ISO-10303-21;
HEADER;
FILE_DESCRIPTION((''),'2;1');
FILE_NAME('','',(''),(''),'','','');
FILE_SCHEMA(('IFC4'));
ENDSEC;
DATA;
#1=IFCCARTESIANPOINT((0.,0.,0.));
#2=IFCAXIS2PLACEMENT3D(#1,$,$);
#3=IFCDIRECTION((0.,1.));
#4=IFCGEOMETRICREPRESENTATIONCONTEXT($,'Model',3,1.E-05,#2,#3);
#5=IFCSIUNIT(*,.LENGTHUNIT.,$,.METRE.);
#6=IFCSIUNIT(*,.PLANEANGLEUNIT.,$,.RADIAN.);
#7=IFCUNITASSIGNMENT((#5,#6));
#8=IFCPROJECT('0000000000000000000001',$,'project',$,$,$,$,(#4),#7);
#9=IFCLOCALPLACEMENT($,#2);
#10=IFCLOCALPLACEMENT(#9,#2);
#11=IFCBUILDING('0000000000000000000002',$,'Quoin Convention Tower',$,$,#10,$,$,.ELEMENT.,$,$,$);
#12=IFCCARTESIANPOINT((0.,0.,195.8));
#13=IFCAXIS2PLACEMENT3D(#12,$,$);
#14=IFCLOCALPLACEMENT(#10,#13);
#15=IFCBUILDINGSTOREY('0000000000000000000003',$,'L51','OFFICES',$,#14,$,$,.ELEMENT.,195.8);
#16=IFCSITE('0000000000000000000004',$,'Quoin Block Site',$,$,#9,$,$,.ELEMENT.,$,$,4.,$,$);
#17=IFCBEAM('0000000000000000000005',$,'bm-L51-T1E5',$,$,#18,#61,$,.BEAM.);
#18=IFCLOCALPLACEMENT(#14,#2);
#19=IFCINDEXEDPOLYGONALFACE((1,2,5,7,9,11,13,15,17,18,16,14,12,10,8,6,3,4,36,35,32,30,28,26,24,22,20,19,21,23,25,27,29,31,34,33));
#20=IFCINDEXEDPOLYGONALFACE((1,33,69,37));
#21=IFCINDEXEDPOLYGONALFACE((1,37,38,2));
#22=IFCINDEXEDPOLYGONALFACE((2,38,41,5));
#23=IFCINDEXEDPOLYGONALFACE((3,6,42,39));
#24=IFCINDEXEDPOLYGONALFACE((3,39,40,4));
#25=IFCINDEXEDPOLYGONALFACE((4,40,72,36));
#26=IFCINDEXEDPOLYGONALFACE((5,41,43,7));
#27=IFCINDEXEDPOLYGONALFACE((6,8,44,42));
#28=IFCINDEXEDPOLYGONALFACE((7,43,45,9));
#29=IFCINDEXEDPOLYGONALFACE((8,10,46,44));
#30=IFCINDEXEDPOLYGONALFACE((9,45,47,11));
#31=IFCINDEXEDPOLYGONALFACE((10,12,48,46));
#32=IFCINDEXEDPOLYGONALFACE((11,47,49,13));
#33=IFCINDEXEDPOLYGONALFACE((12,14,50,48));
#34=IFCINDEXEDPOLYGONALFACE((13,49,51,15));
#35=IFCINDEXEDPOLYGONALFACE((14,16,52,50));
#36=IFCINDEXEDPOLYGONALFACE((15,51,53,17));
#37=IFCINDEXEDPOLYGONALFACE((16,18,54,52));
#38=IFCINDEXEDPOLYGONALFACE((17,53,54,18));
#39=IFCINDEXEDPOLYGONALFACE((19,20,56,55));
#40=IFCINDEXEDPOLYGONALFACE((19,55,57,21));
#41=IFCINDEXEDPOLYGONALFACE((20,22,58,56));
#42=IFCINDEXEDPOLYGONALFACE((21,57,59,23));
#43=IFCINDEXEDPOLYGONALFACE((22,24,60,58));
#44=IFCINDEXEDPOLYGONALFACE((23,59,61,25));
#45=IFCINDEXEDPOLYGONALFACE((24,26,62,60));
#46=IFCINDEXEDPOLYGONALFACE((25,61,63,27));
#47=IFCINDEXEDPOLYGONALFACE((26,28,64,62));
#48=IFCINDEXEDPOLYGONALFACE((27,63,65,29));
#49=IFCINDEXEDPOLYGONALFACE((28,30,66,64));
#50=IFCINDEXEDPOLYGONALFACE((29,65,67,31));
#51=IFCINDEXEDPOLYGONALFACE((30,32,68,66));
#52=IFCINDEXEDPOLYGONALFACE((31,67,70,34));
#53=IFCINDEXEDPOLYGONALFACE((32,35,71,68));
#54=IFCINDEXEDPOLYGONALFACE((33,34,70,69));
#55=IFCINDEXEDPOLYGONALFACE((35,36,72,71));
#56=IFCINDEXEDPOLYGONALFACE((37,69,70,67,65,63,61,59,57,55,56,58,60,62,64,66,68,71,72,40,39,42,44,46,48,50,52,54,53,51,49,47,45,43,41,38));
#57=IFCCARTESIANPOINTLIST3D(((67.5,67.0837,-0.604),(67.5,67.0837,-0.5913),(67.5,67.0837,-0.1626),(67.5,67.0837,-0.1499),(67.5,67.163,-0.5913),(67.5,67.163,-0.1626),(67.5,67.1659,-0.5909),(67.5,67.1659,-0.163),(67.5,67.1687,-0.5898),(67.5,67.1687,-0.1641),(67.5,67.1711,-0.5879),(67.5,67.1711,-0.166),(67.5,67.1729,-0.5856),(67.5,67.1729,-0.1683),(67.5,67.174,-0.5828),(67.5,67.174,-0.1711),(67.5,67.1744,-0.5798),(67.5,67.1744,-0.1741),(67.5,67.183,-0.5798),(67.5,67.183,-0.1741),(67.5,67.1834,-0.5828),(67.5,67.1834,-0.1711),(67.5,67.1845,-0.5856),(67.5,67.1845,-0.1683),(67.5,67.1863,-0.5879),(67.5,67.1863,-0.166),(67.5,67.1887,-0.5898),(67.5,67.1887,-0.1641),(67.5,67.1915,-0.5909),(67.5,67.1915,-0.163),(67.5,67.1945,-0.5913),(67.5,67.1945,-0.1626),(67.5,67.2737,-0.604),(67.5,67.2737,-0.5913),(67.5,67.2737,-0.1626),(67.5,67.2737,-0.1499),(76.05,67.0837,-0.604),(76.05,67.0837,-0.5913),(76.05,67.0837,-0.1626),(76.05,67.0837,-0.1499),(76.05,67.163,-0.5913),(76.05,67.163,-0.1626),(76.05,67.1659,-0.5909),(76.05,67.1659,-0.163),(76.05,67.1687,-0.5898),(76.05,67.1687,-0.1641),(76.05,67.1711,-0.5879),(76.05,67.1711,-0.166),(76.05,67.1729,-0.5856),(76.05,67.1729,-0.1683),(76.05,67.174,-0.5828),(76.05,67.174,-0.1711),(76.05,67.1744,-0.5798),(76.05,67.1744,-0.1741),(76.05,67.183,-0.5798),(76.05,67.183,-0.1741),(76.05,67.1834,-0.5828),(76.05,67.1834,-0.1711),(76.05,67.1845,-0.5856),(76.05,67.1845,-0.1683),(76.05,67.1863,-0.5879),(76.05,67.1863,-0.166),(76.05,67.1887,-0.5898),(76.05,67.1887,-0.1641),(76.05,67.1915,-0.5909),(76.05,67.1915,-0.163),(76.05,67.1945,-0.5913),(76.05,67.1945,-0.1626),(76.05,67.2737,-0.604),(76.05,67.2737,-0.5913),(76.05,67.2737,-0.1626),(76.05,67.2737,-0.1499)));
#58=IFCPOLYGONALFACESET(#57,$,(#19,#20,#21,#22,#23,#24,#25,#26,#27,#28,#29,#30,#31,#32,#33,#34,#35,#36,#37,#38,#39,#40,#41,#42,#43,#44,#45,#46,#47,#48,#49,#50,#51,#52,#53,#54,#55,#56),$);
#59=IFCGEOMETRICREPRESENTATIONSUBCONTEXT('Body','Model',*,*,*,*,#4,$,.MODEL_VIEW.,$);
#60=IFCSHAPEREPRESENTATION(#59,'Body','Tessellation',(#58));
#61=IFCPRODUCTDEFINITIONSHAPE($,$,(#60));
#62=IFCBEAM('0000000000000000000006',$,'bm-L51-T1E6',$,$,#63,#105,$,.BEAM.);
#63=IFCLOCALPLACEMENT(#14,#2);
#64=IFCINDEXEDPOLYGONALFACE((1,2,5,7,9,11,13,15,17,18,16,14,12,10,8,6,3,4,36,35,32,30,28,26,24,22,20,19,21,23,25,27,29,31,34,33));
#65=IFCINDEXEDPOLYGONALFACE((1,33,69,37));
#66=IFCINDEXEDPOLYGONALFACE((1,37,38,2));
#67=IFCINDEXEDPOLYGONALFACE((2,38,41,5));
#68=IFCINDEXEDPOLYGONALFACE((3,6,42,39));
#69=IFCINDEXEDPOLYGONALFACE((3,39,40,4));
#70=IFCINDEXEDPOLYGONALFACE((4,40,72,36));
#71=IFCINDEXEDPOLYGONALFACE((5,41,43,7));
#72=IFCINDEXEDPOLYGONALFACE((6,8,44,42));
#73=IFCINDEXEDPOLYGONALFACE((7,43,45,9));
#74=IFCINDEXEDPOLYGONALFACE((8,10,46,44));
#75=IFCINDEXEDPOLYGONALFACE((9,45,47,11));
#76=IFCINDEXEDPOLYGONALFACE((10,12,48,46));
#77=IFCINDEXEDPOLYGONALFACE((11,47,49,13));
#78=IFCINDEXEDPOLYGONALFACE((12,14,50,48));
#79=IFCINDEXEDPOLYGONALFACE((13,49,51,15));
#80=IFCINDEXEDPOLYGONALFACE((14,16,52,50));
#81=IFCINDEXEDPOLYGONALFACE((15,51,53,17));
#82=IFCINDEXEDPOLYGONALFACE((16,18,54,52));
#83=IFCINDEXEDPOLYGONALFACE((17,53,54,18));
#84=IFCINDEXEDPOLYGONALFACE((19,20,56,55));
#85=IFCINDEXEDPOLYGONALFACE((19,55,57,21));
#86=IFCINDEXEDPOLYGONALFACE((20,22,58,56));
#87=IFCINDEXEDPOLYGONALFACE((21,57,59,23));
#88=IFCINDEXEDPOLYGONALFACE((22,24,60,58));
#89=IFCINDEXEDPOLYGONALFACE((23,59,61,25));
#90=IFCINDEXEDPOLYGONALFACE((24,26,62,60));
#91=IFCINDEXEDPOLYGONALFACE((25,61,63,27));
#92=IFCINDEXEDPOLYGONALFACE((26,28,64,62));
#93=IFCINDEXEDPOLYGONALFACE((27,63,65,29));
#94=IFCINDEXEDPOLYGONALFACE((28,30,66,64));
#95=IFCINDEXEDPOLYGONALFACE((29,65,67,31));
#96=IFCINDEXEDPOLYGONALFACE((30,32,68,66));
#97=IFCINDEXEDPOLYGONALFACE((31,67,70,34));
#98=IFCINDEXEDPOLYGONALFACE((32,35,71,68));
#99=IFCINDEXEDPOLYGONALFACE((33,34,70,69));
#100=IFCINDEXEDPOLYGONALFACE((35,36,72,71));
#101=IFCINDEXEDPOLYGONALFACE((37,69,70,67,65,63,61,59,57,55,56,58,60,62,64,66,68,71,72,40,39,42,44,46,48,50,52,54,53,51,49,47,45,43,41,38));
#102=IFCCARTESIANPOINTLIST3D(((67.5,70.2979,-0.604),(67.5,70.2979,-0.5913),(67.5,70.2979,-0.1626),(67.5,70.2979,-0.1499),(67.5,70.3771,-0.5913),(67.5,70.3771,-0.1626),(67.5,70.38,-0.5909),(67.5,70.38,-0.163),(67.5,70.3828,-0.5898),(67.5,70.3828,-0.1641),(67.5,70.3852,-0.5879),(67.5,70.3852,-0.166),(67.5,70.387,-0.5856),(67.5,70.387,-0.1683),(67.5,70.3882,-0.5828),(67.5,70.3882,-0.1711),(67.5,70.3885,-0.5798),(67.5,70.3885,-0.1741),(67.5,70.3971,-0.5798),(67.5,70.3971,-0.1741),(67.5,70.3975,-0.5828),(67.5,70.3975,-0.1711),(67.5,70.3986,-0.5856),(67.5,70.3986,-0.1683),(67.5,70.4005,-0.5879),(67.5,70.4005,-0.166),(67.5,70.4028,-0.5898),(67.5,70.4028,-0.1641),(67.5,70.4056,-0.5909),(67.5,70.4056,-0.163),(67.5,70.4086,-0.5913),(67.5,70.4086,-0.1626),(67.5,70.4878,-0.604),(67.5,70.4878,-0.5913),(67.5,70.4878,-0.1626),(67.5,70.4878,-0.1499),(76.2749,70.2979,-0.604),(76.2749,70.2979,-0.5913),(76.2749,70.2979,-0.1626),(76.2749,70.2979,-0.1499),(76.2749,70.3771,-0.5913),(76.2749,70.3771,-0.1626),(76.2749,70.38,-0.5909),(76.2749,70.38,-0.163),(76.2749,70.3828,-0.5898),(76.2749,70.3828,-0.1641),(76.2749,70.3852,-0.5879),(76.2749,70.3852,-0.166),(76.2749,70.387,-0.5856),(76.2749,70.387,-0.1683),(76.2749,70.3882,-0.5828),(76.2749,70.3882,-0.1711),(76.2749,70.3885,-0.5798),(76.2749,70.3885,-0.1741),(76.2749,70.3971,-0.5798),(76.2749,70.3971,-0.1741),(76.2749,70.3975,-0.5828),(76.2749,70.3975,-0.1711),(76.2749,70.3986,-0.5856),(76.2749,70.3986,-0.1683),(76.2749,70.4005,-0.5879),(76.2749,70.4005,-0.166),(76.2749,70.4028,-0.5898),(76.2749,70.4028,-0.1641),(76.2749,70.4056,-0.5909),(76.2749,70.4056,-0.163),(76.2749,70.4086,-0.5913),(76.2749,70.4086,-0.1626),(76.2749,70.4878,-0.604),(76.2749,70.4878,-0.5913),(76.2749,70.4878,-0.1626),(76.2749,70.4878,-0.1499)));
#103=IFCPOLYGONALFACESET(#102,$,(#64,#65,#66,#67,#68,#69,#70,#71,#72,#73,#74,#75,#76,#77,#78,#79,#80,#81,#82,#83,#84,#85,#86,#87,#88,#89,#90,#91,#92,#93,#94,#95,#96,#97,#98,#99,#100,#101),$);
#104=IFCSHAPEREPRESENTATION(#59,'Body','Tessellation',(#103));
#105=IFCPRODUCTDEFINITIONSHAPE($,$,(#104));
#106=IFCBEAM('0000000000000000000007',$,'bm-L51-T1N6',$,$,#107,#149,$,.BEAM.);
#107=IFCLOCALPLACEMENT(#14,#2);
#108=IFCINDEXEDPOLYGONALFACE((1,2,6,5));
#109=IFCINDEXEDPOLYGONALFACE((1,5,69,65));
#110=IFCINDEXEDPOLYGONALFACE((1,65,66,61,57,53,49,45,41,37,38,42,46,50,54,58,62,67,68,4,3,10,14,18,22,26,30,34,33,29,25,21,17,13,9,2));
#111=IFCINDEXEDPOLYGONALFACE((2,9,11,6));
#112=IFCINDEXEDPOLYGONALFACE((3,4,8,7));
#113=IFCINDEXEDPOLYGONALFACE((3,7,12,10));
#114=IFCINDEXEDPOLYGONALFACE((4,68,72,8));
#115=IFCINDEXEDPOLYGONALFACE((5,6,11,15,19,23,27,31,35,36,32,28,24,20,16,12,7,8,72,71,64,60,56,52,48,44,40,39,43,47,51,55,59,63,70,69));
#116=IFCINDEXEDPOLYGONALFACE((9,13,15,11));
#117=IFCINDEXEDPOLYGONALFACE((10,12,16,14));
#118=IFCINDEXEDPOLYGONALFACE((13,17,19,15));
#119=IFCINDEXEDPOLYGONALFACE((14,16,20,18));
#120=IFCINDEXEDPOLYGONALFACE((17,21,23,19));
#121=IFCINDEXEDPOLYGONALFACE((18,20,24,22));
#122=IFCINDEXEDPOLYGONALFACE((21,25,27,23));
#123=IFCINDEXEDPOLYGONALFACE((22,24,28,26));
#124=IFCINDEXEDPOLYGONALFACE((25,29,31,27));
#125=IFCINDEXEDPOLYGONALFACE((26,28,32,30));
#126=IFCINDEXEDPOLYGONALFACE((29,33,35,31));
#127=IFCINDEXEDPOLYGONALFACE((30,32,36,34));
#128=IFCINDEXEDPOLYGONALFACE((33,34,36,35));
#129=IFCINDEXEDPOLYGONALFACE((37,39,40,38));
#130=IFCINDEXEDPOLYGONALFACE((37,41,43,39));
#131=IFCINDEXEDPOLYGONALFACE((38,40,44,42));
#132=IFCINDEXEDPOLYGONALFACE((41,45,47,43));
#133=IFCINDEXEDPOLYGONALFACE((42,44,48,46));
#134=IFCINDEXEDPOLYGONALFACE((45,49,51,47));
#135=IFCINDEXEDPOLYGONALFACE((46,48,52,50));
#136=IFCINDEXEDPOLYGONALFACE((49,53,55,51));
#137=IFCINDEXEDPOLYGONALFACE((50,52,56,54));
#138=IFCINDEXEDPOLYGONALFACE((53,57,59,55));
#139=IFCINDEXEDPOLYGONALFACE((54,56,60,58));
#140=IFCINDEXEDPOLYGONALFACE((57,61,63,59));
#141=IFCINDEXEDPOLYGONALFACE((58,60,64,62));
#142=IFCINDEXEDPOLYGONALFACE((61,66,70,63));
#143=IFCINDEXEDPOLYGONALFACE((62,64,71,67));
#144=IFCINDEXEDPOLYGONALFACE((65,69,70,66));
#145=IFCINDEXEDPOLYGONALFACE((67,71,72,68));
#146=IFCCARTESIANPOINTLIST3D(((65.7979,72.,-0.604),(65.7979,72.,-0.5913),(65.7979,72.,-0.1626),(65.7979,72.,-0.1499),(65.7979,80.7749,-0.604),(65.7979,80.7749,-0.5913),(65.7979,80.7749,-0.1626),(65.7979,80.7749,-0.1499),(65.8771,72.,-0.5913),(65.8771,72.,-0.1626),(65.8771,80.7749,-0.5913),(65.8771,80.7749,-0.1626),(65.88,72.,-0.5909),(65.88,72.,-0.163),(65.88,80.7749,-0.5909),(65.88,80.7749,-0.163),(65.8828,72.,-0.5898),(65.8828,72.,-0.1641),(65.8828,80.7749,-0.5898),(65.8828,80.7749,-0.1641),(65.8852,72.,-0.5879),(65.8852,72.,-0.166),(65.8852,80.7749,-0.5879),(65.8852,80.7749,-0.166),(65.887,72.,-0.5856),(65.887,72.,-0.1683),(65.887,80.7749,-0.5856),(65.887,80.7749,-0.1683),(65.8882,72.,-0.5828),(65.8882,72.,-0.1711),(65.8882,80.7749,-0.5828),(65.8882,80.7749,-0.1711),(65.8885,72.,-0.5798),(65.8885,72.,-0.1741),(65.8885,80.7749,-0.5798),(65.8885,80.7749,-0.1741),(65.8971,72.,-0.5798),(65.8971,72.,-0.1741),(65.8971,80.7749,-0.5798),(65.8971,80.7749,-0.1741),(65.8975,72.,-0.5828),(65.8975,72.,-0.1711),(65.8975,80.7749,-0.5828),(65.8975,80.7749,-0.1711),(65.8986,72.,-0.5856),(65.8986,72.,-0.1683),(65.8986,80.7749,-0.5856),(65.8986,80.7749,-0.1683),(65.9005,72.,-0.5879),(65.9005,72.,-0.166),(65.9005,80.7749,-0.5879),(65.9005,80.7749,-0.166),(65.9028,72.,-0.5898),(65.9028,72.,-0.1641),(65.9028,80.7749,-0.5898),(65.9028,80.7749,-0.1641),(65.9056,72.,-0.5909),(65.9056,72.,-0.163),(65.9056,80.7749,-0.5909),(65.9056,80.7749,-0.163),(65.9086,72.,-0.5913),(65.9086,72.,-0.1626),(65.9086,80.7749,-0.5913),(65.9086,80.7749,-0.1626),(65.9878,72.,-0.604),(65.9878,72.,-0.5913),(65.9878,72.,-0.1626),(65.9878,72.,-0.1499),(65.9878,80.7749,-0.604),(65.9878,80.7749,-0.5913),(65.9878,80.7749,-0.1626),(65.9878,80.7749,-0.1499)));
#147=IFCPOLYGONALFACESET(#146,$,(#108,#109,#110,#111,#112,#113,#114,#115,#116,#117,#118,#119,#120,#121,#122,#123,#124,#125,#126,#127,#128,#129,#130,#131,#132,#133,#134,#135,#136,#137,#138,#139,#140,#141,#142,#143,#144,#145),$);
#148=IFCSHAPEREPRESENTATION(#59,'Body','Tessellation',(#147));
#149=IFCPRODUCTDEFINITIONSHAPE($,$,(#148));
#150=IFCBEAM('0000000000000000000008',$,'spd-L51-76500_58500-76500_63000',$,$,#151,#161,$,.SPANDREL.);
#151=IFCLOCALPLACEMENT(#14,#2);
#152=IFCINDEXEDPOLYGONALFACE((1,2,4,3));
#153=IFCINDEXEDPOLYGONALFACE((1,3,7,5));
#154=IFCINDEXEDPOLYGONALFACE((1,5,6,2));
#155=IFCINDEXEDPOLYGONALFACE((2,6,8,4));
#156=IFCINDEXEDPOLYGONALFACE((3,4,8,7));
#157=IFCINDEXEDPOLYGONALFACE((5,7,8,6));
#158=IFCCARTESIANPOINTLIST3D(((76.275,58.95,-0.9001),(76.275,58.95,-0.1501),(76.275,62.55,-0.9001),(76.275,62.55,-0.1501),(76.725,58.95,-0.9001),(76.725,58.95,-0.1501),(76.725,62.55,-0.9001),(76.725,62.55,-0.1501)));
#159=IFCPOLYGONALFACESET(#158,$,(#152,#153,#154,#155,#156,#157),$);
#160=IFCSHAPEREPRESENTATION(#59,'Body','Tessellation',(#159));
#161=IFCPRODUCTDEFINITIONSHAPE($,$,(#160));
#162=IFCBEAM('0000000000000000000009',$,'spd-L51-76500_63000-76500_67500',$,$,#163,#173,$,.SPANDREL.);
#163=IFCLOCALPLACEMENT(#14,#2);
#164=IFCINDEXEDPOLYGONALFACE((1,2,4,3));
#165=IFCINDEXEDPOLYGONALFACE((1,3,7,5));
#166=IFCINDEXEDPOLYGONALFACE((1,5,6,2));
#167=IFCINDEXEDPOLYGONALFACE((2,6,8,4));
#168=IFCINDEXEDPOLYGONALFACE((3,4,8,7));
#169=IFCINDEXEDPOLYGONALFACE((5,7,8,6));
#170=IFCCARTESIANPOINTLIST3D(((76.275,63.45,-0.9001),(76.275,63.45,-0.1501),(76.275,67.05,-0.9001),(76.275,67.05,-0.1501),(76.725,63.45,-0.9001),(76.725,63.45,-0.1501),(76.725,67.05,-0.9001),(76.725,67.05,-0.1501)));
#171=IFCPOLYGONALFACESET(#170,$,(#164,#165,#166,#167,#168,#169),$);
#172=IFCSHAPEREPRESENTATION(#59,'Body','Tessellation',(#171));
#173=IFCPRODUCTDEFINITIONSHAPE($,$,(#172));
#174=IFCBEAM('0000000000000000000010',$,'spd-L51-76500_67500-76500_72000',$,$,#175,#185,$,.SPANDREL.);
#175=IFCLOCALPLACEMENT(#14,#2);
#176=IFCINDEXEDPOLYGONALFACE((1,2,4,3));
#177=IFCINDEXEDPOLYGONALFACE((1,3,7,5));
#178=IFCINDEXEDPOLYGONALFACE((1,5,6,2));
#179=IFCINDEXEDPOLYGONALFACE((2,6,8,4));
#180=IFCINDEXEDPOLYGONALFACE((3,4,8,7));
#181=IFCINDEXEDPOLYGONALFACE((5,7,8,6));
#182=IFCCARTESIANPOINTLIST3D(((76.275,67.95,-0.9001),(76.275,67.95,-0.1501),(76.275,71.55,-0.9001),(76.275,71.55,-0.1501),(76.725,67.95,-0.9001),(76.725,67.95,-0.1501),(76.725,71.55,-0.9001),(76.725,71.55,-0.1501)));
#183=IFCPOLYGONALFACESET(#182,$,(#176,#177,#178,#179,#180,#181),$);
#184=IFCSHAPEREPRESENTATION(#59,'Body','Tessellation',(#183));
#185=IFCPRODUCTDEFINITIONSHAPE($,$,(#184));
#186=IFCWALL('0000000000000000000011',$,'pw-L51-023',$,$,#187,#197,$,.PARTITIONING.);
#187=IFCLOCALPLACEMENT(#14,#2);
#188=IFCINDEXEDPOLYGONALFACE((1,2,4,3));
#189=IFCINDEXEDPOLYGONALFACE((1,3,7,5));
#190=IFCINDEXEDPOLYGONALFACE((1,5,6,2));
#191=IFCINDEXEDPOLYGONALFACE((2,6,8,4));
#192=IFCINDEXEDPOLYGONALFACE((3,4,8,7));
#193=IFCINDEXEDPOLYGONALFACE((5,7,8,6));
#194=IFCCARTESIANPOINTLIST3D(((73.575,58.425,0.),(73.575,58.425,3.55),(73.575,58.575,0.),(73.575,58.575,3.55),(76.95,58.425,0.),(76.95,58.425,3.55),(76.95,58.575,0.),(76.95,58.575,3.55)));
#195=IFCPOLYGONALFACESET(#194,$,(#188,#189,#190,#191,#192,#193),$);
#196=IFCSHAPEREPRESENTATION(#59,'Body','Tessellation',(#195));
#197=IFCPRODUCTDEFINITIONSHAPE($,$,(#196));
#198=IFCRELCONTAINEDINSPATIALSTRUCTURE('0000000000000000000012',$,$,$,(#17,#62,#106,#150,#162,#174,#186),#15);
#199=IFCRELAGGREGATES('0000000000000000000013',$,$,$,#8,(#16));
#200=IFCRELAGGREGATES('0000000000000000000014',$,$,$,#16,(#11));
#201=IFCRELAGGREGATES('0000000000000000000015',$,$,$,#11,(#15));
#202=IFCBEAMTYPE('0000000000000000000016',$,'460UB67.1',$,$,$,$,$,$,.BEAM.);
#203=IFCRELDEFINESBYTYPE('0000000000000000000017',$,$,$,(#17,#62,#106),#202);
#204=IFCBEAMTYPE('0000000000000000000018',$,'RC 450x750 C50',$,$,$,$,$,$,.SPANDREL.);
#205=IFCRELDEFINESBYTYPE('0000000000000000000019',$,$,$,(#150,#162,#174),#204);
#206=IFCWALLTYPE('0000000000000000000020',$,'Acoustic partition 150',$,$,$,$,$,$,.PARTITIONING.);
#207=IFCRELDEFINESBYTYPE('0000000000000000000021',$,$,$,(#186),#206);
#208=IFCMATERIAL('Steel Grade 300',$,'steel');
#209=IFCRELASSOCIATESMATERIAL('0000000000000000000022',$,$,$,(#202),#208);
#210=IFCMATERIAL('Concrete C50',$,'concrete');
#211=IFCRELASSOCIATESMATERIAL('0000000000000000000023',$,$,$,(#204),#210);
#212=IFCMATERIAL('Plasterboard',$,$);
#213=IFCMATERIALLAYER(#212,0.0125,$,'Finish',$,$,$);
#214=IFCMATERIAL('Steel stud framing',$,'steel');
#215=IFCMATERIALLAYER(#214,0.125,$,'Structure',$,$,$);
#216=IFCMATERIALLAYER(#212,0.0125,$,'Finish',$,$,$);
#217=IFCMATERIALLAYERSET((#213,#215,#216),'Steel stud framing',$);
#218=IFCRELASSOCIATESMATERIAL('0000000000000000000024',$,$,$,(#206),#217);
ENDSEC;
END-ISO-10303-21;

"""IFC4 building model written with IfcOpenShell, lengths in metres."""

from ifc_helpers import new_model, si_unit, direction, frame, frame_2d, origin, origin_2d, place, context, subcontext, project, spatial, rectangle, i_section, extrude, material, layer, layer_set, material_profile, profile_set, type_object, element, save


model = new_model("IFC4")

# Units and contexts
model_context = context("Model", 3, precision=1e-05, world=origin(), true_north=direction((0.0, 1.0)))
body_context = subcontext(model_context, "Body", "Model", "MODEL_VIEW")
ifc_project = project(units=[si_unit("LENGTHUNIT", "METRE"), si_unit("PLANEANGLEUNIT", "RADIAN")], contexts=[model_context])

# Site, building, storey
site_placement = place(None, origin())
site = spatial("IfcSite", under=ifc_project, at=site_placement, Name="Quoin Block Site", CompositionType="ELEMENT", RefElevation=4.0)
building_placement = place(site_placement, origin())
building = spatial("IfcBuilding", under=site, at=building_placement, Name="Quoin Convention Tower", CompositionType="ELEMENT")
storey_placement = place(building_placement, frame((0.0, 0.0, 195.8)))
storey = spatial("IfcBuildingStorey", under=building, at=storey_placement, Name="L51", Description="OFFICES", CompositionType="ELEMENT", Elevation=195.8)

# Shared definitions
ifc_material_1 = material(Name="Concrete C50", Category="concrete")

# Beams
ifc_material_2 = material(Name="Steel Grade 300", Category="steel")
ifc_material_profile_1 = material_profile(ifc_material_2, i_section(OverallWidth=0.1899, OverallDepth=0.4541, WebThickness=0.0085, FlangeThickness=0.0127, FilletRadius=0.0115, at=origin_2d()), Name="460UB67.1")
ifc_profile_set_1 = profile_set([ifc_material_profile_1], Name="Steel Grade 300")
beam_type_1 = type_object("IfcBeamType", Name="460UB67.1", PredefinedType="BEAM", material=ifc_profile_set_1)
beam_placement = place(storey_placement, frame((67.5, 67.1787, -0.377), z_axis=(1.0, 0.0, 0.0), x_axis=(0.0, 1.0, 0.0)))
element("IfcBeam", 1, at=beam_placement, inside=storey, type_object=beam_type_1, Name="bm-L51-T1E5", PredefinedType="BEAM", context=body_context, shape_type="SweptSolid", body=[
    extrude(i_section(OverallWidth=0.1899, OverallDepth=0.4541, WebThickness=0.0085, FlangeThickness=0.0127, FilletRadius=0.0115, at=origin_2d()), origin(), (0.0, 0.0, 1.0), 8.55),
])
for number, where, z_axis, x_axis, name in (
    (2, (67.5, 70.3928, -0.377), (1.0, 0.0, 0.0), (0.0, 1.0, 0.0), "bm-L51-T1E6"),
    (3, (65.8928, 72.0, -0.377), (0.0, 1.0, 0.0), (-1.0, 0.0, 0.0), "bm-L51-T1N6"),
):
    element("IfcBeam", number, at=place(storey_placement, frame(where, z_axis=z_axis, x_axis=x_axis)), inside=storey, type_object=beam_type_1, Name=name, PredefinedType="BEAM", context=body_context, shape_type="SweptSolid", body=[
        extrude(i_section(OverallWidth=0.1899, OverallDepth=0.4541, WebThickness=0.0085, FlangeThickness=0.0127, FilletRadius=0.0115, at=origin_2d()), origin(), (0.0, 0.0, 1.0), 8.7749),
    ])
ifc_material_profile_2 = material_profile(ifc_material_1, rectangle(XDim=0.45, YDim=0.75, at=origin_2d()), Name="RC 450x750")
ifc_profile_set_2 = profile_set([ifc_material_profile_2], Name="Concrete C50")
beam_type_2 = type_object("IfcBeamType", Name="RC 450x750 C50", PredefinedType="SPANDREL", material=ifc_profile_set_2)
for number, where, z_axis, x_axis, name in (
    (4, (76.5, 58.95, -0.5251), (0.0, 1.0, 0.0), (-1.0, 0.0, 0.0), "spd-L51-76500_58500-76500_63000"),
    (5, (76.5, 63.45, -0.5251), (0.0, 1.0, 0.0), (-1.0, 0.0, 0.0), "spd-L51-76500_63000-76500_67500"),
    (6, (76.5, 67.95, -0.5251), (0.0, 1.0, 0.0), (-1.0, 0.0, 0.0), "spd-L51-76500_67500-76500_72000"),
):
    element("IfcBeam", number, at=place(storey_placement, frame(where, z_axis=z_axis, x_axis=x_axis)), inside=storey, type_object=beam_type_2, Name=name, PredefinedType="SPANDREL", context=body_context, shape_type="SweptSolid", body=[
        extrude(rectangle(XDim=0.45, YDim=0.75, at=origin_2d()), origin(), (0.0, 0.0, 1.0), 3.6001),
    ])

# Wall
ifc_material_3 = material(Name="Plasterboard")
ifc_layer_1 = layer(ifc_material_3, 0.0125, Name="Finish")
ifc_material_4 = material(Name="Steel stud framing", Category="steel")
ifc_layer_2 = layer(ifc_material_4, 0.125, Name="Structure")
ifc_layer_3 = layer(ifc_material_3, 0.0125, Name="Finish")
ifc_layer_set_1 = layer_set([ifc_layer_1, ifc_layer_2, ifc_layer_3], Name="Steel stud framing")
wall_type_1 = type_object("IfcWallType", Name="Acoustic partition 150", PredefinedType="PARTITIONING", material=ifc_layer_set_1)
wall_1_placement = place(storey_placement, frame((73.575, 58.5, 0.0), z_axis=(0.0, 0.0, 1.0), x_axis=(1.0, 0.0, 0.0)))
element("IfcWall", 7, at=wall_1_placement, inside=storey, type_object=wall_type_1, Name="pw-L51-023", PredefinedType="PARTITIONING", context=body_context, shape_type="SweptSolid", body=[
    extrude(rectangle(XDim=3.375, YDim=0.1499, at=frame_2d((1.6875, 0.0))), origin(), (0.0, 0.0, 1.0), 3.55),
])

save(model, "model.ifc")
